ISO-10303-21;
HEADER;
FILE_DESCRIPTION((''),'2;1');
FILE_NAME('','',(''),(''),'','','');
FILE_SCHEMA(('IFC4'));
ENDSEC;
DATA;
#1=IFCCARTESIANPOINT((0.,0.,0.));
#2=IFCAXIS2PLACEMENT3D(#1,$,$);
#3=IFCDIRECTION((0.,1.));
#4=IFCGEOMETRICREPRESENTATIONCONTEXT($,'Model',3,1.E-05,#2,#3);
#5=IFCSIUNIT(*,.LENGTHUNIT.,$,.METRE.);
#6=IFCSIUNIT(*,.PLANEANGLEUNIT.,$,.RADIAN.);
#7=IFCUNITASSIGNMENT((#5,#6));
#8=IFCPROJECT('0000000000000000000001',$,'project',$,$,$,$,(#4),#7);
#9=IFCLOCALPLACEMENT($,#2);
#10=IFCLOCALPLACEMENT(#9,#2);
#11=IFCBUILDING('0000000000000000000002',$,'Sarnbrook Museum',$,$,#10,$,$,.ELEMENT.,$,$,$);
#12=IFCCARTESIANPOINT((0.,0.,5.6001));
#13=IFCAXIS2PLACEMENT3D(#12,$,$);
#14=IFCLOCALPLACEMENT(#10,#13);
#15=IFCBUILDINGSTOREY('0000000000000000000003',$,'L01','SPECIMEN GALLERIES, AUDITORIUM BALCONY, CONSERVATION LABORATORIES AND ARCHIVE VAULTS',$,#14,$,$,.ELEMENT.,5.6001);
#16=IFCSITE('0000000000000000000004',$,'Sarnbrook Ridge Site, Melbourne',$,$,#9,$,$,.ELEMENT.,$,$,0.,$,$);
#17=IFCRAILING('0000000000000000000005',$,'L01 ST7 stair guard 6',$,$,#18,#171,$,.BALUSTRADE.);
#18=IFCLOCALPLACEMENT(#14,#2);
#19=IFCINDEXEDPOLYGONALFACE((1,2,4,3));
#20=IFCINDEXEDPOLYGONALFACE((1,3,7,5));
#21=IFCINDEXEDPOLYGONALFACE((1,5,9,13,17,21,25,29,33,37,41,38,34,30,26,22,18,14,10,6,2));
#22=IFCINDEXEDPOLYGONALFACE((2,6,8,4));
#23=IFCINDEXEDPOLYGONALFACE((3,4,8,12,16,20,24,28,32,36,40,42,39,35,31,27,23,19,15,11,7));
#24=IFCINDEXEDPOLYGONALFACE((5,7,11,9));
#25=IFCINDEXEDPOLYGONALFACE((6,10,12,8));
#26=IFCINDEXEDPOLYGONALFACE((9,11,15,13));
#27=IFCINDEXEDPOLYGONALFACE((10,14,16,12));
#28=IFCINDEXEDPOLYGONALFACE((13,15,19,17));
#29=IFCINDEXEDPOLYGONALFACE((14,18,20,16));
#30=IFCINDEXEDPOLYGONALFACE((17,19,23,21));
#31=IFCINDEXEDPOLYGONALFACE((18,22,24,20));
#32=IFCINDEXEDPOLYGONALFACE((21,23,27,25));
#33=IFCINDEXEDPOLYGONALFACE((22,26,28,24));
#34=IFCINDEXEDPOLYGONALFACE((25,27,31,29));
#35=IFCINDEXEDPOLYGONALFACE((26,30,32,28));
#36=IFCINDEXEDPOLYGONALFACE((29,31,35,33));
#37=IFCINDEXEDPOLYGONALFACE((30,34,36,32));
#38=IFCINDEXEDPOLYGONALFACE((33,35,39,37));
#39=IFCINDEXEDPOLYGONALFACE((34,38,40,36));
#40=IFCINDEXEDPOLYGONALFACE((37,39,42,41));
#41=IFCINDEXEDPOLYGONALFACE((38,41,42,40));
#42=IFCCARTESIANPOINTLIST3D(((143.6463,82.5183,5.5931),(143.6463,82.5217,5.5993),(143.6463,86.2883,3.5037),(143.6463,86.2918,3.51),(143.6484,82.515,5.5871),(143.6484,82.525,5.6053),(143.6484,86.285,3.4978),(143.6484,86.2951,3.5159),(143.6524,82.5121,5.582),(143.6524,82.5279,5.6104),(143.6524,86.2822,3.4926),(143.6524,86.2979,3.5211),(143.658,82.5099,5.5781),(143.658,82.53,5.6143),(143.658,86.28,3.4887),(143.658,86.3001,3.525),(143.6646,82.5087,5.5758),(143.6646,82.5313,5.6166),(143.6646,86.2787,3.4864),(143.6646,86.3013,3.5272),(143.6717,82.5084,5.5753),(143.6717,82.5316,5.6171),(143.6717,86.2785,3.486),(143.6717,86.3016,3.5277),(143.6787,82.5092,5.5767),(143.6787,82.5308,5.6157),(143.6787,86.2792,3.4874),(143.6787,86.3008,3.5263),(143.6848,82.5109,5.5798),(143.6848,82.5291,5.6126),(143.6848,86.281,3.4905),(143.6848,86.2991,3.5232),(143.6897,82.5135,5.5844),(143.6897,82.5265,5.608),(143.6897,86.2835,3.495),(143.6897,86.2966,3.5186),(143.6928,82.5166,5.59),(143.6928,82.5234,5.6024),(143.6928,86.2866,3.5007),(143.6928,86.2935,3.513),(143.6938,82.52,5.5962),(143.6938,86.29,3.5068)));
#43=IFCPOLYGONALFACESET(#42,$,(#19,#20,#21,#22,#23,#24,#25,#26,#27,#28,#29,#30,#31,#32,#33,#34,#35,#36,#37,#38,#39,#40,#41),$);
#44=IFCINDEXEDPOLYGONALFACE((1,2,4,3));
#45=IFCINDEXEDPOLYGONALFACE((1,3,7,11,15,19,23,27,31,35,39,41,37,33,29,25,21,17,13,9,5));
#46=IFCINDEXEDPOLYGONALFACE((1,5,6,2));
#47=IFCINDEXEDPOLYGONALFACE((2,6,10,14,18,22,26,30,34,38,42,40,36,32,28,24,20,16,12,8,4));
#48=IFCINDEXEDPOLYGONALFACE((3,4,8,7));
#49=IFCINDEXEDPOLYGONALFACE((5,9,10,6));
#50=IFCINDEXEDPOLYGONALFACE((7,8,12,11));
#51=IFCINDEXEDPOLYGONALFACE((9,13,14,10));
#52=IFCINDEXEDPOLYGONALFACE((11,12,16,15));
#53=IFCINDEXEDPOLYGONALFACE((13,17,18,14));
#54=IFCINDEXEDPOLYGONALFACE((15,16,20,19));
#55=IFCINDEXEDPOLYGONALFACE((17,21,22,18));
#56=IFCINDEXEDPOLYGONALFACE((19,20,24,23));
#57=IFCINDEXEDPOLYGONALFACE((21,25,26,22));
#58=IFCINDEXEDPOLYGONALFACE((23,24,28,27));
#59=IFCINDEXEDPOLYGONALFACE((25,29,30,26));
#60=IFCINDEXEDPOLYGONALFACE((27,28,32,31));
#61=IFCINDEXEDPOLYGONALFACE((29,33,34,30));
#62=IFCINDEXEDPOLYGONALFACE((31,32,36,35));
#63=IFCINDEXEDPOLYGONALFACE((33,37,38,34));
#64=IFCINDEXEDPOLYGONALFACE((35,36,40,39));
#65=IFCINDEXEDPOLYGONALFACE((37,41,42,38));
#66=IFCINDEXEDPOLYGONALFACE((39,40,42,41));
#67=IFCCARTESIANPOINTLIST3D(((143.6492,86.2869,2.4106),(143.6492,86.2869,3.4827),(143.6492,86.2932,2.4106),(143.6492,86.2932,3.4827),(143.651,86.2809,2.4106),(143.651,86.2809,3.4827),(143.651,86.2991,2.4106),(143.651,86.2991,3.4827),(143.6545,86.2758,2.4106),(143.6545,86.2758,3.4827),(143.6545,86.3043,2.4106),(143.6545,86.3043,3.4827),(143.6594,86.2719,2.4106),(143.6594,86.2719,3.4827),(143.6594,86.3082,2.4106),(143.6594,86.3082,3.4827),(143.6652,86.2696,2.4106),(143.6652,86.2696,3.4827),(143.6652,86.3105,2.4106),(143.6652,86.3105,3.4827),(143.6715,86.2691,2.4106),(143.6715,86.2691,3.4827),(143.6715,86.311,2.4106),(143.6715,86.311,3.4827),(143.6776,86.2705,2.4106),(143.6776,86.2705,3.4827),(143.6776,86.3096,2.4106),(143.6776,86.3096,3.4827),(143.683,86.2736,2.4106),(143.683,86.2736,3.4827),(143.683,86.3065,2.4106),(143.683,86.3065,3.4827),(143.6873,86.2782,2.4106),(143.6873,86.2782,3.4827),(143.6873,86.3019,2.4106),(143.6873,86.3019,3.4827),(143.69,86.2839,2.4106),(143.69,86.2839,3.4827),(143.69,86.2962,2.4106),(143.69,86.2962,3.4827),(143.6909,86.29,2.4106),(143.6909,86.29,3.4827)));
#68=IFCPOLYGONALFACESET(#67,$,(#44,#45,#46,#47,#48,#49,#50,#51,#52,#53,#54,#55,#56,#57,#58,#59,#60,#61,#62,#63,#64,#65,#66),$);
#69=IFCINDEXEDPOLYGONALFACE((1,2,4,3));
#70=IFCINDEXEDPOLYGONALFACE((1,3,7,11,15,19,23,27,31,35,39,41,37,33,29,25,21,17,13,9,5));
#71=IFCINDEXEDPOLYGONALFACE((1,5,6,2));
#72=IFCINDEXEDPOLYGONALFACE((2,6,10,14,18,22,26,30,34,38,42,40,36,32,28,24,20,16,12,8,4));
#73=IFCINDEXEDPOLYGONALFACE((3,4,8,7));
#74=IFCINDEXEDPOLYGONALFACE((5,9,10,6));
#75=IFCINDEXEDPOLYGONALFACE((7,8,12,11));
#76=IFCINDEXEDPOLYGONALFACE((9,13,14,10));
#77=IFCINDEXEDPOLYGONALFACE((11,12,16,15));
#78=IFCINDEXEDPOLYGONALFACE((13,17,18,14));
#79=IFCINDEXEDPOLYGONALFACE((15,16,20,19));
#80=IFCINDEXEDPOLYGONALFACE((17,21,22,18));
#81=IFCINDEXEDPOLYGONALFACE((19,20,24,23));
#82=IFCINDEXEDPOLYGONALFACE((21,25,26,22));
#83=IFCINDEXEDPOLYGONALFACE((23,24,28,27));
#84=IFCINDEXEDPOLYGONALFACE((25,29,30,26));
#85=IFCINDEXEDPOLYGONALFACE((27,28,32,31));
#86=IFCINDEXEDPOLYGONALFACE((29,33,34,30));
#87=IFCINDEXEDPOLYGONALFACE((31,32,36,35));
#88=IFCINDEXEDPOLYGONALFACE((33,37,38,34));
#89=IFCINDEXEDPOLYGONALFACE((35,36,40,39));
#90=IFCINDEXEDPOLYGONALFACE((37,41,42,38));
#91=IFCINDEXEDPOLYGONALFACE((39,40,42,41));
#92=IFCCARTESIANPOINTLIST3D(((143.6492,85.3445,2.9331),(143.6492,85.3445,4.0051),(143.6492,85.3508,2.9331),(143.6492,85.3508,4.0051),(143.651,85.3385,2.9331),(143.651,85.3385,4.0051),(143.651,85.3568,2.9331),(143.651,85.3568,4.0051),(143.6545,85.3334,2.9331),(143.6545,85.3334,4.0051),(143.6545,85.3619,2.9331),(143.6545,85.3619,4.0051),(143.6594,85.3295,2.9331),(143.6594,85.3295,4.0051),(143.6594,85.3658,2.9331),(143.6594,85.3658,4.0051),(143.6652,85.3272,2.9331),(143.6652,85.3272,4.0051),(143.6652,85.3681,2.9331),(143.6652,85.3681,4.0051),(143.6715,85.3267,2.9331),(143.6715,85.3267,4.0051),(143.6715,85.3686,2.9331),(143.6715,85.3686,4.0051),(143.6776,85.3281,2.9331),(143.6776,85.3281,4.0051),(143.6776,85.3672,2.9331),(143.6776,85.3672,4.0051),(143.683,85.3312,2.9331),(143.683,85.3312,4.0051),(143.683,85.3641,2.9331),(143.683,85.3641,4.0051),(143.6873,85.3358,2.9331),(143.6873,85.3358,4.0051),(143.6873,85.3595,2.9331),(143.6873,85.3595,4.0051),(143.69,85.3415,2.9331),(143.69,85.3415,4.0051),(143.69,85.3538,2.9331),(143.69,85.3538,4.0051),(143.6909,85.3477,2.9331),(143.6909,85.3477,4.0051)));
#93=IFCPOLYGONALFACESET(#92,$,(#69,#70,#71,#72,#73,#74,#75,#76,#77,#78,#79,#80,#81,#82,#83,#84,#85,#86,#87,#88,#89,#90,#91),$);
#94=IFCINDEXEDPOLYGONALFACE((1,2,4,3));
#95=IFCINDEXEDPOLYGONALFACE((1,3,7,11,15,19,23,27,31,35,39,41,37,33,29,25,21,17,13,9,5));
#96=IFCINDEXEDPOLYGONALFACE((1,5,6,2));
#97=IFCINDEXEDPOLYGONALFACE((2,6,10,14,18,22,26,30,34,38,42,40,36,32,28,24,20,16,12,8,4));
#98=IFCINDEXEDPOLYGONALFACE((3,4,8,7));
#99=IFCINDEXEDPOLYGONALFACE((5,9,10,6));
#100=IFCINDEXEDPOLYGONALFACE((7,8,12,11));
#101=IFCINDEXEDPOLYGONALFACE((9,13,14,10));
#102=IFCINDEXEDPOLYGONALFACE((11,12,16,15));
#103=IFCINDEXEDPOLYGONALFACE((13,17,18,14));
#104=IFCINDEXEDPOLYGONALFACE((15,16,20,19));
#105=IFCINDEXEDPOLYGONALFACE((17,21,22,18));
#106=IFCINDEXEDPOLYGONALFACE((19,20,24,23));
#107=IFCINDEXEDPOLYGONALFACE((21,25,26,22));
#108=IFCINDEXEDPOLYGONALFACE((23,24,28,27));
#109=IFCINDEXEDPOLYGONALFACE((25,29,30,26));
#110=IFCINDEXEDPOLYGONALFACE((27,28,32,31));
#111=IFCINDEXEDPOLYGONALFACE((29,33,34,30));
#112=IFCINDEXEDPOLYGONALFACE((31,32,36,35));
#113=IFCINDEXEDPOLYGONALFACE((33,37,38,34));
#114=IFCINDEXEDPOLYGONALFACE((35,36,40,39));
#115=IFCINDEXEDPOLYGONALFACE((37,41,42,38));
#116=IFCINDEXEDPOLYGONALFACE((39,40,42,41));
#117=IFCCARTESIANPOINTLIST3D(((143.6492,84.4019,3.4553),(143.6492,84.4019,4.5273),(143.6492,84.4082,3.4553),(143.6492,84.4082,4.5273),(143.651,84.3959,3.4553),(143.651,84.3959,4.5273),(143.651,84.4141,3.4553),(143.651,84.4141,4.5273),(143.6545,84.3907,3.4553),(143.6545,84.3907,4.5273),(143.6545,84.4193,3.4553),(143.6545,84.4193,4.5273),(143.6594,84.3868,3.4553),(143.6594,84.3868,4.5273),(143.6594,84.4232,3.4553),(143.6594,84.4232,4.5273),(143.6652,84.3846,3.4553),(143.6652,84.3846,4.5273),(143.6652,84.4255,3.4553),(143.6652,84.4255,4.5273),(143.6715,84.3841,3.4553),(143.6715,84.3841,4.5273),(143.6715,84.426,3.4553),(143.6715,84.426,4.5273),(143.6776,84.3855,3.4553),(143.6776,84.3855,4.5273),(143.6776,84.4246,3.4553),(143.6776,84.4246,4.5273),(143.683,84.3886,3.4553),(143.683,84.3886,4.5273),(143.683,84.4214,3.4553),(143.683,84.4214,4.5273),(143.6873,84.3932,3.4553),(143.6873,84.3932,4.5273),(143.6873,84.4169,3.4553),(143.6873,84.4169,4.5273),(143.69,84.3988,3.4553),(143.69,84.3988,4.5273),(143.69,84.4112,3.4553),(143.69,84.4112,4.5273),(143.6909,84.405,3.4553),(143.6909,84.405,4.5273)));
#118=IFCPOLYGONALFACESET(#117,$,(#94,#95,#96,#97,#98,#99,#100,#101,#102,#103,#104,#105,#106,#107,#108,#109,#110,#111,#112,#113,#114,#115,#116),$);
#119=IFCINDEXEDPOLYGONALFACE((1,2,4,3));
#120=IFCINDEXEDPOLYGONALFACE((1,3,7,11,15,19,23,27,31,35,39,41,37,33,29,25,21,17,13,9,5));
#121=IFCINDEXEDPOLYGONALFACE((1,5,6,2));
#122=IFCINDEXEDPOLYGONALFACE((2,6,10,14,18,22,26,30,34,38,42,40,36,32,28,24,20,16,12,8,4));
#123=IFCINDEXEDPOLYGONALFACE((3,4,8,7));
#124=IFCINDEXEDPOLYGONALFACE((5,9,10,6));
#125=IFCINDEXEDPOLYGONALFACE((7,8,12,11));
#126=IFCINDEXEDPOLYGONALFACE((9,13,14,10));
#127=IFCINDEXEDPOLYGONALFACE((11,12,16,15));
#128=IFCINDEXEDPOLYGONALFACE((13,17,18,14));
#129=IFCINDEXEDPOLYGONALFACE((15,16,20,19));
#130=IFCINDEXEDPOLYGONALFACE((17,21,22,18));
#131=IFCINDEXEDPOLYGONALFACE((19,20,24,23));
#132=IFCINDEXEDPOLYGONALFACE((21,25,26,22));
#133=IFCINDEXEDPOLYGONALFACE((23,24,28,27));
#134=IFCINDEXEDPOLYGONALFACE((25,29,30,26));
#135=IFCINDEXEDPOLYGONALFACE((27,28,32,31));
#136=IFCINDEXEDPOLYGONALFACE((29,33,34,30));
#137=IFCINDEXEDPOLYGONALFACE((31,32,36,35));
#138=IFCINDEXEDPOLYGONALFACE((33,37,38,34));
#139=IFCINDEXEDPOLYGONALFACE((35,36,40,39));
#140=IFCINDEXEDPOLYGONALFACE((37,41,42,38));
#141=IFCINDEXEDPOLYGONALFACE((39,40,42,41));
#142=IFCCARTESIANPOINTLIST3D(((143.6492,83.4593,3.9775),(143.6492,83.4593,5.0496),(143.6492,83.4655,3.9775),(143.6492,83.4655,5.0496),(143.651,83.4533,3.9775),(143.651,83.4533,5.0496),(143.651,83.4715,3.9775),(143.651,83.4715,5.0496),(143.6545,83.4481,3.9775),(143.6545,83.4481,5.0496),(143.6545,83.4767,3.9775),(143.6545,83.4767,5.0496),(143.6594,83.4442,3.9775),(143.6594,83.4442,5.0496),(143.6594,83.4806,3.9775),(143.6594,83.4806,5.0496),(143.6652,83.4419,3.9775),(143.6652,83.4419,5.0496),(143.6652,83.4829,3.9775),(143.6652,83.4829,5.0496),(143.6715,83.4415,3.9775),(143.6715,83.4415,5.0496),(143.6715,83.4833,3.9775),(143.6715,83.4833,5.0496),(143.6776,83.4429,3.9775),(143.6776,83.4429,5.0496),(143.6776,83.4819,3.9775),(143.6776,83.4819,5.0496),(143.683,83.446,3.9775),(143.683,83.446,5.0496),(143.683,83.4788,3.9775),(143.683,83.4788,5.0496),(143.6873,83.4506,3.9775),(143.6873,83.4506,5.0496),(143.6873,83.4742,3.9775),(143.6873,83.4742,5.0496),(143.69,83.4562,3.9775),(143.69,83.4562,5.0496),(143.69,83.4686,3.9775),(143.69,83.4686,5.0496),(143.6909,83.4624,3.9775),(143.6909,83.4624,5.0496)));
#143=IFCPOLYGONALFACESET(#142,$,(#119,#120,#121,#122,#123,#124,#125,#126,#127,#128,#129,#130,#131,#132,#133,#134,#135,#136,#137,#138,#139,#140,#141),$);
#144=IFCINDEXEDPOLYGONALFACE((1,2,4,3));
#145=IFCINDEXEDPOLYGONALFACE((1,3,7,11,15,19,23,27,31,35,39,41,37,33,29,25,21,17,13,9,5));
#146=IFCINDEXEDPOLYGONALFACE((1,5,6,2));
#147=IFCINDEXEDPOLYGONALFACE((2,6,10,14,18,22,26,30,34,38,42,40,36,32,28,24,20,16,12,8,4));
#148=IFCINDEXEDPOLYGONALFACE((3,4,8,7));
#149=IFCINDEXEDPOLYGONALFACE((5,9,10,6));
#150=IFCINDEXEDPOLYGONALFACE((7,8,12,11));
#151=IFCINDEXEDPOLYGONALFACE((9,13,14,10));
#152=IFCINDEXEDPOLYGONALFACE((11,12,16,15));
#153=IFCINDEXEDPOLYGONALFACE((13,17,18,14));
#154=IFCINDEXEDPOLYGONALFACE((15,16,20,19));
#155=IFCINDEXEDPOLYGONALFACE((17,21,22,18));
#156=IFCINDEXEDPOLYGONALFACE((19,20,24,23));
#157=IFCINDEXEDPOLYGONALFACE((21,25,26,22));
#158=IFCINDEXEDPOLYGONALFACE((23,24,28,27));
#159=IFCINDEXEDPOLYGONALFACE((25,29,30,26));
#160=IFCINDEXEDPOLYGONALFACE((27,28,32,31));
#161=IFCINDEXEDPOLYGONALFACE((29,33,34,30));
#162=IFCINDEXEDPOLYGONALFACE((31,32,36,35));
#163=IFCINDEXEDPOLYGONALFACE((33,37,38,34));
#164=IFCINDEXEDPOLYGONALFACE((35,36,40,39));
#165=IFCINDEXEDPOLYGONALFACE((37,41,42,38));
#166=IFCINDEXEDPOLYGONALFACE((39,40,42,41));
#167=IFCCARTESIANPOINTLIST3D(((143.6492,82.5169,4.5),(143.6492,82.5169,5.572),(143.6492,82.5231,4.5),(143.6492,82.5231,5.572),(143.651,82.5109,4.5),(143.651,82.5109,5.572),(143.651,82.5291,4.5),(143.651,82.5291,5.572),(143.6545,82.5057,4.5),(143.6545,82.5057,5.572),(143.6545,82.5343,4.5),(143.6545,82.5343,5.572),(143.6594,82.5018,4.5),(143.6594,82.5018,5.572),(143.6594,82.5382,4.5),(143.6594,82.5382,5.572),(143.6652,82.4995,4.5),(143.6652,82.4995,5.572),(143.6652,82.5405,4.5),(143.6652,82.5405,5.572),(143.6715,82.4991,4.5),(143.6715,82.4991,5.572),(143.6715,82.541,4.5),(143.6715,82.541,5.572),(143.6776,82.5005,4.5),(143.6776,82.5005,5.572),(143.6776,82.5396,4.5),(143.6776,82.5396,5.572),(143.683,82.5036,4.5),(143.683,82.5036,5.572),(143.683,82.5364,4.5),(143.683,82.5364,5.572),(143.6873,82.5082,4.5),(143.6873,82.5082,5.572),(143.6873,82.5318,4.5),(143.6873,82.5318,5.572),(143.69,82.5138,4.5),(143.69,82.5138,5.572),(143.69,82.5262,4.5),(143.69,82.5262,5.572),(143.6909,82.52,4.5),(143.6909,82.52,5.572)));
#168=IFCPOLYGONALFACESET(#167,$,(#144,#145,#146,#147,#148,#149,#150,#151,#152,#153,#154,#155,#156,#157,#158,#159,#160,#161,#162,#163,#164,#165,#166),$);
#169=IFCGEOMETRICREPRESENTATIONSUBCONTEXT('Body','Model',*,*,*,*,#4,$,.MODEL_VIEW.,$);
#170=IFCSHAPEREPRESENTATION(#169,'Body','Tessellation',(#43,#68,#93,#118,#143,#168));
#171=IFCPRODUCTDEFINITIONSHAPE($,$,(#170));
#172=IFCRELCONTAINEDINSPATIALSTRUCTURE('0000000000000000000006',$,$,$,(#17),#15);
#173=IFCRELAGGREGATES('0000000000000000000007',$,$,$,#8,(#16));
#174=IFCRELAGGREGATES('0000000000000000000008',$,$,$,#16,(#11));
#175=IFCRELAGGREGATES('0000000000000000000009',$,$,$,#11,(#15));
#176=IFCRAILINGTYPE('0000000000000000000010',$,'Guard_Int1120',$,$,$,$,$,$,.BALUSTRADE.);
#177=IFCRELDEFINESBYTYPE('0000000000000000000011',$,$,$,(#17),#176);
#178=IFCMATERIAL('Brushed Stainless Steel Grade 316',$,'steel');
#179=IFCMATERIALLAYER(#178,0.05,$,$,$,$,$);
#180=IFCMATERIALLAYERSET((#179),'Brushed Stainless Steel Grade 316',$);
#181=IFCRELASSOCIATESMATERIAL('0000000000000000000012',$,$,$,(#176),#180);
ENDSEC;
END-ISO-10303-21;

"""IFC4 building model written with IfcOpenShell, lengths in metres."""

from ifc_helpers import new_model, si_unit, direction, frame, origin, origin_2d, place, context, subcontext, project, spatial, circle, extrude, material, layer, layer_set, type_object, element, save


model = new_model("IFC4")

# Units and contexts
model_context = context("Model", 3, precision=1e-05, world=origin(), true_north=direction((0.0, 1.0)))
body_context = subcontext(model_context, "Body", "Model", "MODEL_VIEW")
ifc_project = project(units=[si_unit("LENGTHUNIT", "METRE"), si_unit("PLANEANGLEUNIT", "RADIAN")], contexts=[model_context])

# Site, building, storey
site_placement = place(None, origin())
site = spatial("IfcSite", under=ifc_project, at=site_placement, Name="Sarnbrook Ridge Site, Melbourne", CompositionType="ELEMENT", RefElevation=0.0)
building_placement = place(site_placement, origin())
building = spatial("IfcBuilding", under=site, at=building_placement, Name="Sarnbrook Museum", CompositionType="ELEMENT")
storey_placement = place(building_placement, frame((0.0, 0.0, 5.6001)))
storey = spatial("IfcBuildingStorey", under=building, at=storey_placement, Name="L01", Description="SPECIMEN GALLERIES, AUDITORIUM BALCONY, CONSERVATION LABORATORIES AND ARCHIVE VAULTS", CompositionType="ELEMENT", Elevation=5.6001)

# Railing
ifc_material_1 = material(Name="Brushed Stainless Steel Grade 316", Category="steel")
ifc_layer_1 = layer(ifc_material_1, 0.05)
ifc_layer_set_1 = layer_set([ifc_layer_1], Name="Brushed Stainless Steel Grade 316")
railing_type_1 = type_object("IfcRailingType", Name="Guard_Int1120", PredefinedType="BALUSTRADE", material=ifc_layer_set_1)
railing_1_placement = place(storey_placement, frame((143.6699, 86.29, 2.4106)))
element("IfcRailing", 1, at=railing_1_placement, inside=storey, type_object=railing_type_1, Name="L01 ST7 stair guard 6", PredefinedType="BALUSTRADE", context=body_context, shape_type="SweptSolid", body=[
    extrude(circle(Radius=0.0239, at=origin_2d()), frame((0.0, 0.0, 1.0962), z_axis=(0.0, -0.874659, 0.484739), x_axis=(1.0, 0.0, 0.0)), (0.0, 0.0, 1.0), 4.3103),
    extrude(circle(Radius=0.021, at=origin_2d()), origin(), (0.0, 0.0, 1.0), 1.072),
    extrude(circle(Radius=0.021, at=origin_2d()), frame((0.0, -0.9424, 0.5225)), (0.0, 0.0, 1.0), 1.072),
    extrude(circle(Radius=0.021, at=origin_2d()), frame((0.0, -1.885, 1.0447)), (0.0, 0.0, 1.0), 1.072),
    extrude(circle(Radius=0.021, at=origin_2d()), frame((0.0, -2.8276, 1.5669)), (0.0, 0.0, 1.0), 1.072),
    extrude(circle(Radius=0.021, at=origin_2d()), frame((0.0, -3.77, 2.0894)), (0.0, 0.0, 1.0), 1.072),
])

save(model, "model.ifc")
